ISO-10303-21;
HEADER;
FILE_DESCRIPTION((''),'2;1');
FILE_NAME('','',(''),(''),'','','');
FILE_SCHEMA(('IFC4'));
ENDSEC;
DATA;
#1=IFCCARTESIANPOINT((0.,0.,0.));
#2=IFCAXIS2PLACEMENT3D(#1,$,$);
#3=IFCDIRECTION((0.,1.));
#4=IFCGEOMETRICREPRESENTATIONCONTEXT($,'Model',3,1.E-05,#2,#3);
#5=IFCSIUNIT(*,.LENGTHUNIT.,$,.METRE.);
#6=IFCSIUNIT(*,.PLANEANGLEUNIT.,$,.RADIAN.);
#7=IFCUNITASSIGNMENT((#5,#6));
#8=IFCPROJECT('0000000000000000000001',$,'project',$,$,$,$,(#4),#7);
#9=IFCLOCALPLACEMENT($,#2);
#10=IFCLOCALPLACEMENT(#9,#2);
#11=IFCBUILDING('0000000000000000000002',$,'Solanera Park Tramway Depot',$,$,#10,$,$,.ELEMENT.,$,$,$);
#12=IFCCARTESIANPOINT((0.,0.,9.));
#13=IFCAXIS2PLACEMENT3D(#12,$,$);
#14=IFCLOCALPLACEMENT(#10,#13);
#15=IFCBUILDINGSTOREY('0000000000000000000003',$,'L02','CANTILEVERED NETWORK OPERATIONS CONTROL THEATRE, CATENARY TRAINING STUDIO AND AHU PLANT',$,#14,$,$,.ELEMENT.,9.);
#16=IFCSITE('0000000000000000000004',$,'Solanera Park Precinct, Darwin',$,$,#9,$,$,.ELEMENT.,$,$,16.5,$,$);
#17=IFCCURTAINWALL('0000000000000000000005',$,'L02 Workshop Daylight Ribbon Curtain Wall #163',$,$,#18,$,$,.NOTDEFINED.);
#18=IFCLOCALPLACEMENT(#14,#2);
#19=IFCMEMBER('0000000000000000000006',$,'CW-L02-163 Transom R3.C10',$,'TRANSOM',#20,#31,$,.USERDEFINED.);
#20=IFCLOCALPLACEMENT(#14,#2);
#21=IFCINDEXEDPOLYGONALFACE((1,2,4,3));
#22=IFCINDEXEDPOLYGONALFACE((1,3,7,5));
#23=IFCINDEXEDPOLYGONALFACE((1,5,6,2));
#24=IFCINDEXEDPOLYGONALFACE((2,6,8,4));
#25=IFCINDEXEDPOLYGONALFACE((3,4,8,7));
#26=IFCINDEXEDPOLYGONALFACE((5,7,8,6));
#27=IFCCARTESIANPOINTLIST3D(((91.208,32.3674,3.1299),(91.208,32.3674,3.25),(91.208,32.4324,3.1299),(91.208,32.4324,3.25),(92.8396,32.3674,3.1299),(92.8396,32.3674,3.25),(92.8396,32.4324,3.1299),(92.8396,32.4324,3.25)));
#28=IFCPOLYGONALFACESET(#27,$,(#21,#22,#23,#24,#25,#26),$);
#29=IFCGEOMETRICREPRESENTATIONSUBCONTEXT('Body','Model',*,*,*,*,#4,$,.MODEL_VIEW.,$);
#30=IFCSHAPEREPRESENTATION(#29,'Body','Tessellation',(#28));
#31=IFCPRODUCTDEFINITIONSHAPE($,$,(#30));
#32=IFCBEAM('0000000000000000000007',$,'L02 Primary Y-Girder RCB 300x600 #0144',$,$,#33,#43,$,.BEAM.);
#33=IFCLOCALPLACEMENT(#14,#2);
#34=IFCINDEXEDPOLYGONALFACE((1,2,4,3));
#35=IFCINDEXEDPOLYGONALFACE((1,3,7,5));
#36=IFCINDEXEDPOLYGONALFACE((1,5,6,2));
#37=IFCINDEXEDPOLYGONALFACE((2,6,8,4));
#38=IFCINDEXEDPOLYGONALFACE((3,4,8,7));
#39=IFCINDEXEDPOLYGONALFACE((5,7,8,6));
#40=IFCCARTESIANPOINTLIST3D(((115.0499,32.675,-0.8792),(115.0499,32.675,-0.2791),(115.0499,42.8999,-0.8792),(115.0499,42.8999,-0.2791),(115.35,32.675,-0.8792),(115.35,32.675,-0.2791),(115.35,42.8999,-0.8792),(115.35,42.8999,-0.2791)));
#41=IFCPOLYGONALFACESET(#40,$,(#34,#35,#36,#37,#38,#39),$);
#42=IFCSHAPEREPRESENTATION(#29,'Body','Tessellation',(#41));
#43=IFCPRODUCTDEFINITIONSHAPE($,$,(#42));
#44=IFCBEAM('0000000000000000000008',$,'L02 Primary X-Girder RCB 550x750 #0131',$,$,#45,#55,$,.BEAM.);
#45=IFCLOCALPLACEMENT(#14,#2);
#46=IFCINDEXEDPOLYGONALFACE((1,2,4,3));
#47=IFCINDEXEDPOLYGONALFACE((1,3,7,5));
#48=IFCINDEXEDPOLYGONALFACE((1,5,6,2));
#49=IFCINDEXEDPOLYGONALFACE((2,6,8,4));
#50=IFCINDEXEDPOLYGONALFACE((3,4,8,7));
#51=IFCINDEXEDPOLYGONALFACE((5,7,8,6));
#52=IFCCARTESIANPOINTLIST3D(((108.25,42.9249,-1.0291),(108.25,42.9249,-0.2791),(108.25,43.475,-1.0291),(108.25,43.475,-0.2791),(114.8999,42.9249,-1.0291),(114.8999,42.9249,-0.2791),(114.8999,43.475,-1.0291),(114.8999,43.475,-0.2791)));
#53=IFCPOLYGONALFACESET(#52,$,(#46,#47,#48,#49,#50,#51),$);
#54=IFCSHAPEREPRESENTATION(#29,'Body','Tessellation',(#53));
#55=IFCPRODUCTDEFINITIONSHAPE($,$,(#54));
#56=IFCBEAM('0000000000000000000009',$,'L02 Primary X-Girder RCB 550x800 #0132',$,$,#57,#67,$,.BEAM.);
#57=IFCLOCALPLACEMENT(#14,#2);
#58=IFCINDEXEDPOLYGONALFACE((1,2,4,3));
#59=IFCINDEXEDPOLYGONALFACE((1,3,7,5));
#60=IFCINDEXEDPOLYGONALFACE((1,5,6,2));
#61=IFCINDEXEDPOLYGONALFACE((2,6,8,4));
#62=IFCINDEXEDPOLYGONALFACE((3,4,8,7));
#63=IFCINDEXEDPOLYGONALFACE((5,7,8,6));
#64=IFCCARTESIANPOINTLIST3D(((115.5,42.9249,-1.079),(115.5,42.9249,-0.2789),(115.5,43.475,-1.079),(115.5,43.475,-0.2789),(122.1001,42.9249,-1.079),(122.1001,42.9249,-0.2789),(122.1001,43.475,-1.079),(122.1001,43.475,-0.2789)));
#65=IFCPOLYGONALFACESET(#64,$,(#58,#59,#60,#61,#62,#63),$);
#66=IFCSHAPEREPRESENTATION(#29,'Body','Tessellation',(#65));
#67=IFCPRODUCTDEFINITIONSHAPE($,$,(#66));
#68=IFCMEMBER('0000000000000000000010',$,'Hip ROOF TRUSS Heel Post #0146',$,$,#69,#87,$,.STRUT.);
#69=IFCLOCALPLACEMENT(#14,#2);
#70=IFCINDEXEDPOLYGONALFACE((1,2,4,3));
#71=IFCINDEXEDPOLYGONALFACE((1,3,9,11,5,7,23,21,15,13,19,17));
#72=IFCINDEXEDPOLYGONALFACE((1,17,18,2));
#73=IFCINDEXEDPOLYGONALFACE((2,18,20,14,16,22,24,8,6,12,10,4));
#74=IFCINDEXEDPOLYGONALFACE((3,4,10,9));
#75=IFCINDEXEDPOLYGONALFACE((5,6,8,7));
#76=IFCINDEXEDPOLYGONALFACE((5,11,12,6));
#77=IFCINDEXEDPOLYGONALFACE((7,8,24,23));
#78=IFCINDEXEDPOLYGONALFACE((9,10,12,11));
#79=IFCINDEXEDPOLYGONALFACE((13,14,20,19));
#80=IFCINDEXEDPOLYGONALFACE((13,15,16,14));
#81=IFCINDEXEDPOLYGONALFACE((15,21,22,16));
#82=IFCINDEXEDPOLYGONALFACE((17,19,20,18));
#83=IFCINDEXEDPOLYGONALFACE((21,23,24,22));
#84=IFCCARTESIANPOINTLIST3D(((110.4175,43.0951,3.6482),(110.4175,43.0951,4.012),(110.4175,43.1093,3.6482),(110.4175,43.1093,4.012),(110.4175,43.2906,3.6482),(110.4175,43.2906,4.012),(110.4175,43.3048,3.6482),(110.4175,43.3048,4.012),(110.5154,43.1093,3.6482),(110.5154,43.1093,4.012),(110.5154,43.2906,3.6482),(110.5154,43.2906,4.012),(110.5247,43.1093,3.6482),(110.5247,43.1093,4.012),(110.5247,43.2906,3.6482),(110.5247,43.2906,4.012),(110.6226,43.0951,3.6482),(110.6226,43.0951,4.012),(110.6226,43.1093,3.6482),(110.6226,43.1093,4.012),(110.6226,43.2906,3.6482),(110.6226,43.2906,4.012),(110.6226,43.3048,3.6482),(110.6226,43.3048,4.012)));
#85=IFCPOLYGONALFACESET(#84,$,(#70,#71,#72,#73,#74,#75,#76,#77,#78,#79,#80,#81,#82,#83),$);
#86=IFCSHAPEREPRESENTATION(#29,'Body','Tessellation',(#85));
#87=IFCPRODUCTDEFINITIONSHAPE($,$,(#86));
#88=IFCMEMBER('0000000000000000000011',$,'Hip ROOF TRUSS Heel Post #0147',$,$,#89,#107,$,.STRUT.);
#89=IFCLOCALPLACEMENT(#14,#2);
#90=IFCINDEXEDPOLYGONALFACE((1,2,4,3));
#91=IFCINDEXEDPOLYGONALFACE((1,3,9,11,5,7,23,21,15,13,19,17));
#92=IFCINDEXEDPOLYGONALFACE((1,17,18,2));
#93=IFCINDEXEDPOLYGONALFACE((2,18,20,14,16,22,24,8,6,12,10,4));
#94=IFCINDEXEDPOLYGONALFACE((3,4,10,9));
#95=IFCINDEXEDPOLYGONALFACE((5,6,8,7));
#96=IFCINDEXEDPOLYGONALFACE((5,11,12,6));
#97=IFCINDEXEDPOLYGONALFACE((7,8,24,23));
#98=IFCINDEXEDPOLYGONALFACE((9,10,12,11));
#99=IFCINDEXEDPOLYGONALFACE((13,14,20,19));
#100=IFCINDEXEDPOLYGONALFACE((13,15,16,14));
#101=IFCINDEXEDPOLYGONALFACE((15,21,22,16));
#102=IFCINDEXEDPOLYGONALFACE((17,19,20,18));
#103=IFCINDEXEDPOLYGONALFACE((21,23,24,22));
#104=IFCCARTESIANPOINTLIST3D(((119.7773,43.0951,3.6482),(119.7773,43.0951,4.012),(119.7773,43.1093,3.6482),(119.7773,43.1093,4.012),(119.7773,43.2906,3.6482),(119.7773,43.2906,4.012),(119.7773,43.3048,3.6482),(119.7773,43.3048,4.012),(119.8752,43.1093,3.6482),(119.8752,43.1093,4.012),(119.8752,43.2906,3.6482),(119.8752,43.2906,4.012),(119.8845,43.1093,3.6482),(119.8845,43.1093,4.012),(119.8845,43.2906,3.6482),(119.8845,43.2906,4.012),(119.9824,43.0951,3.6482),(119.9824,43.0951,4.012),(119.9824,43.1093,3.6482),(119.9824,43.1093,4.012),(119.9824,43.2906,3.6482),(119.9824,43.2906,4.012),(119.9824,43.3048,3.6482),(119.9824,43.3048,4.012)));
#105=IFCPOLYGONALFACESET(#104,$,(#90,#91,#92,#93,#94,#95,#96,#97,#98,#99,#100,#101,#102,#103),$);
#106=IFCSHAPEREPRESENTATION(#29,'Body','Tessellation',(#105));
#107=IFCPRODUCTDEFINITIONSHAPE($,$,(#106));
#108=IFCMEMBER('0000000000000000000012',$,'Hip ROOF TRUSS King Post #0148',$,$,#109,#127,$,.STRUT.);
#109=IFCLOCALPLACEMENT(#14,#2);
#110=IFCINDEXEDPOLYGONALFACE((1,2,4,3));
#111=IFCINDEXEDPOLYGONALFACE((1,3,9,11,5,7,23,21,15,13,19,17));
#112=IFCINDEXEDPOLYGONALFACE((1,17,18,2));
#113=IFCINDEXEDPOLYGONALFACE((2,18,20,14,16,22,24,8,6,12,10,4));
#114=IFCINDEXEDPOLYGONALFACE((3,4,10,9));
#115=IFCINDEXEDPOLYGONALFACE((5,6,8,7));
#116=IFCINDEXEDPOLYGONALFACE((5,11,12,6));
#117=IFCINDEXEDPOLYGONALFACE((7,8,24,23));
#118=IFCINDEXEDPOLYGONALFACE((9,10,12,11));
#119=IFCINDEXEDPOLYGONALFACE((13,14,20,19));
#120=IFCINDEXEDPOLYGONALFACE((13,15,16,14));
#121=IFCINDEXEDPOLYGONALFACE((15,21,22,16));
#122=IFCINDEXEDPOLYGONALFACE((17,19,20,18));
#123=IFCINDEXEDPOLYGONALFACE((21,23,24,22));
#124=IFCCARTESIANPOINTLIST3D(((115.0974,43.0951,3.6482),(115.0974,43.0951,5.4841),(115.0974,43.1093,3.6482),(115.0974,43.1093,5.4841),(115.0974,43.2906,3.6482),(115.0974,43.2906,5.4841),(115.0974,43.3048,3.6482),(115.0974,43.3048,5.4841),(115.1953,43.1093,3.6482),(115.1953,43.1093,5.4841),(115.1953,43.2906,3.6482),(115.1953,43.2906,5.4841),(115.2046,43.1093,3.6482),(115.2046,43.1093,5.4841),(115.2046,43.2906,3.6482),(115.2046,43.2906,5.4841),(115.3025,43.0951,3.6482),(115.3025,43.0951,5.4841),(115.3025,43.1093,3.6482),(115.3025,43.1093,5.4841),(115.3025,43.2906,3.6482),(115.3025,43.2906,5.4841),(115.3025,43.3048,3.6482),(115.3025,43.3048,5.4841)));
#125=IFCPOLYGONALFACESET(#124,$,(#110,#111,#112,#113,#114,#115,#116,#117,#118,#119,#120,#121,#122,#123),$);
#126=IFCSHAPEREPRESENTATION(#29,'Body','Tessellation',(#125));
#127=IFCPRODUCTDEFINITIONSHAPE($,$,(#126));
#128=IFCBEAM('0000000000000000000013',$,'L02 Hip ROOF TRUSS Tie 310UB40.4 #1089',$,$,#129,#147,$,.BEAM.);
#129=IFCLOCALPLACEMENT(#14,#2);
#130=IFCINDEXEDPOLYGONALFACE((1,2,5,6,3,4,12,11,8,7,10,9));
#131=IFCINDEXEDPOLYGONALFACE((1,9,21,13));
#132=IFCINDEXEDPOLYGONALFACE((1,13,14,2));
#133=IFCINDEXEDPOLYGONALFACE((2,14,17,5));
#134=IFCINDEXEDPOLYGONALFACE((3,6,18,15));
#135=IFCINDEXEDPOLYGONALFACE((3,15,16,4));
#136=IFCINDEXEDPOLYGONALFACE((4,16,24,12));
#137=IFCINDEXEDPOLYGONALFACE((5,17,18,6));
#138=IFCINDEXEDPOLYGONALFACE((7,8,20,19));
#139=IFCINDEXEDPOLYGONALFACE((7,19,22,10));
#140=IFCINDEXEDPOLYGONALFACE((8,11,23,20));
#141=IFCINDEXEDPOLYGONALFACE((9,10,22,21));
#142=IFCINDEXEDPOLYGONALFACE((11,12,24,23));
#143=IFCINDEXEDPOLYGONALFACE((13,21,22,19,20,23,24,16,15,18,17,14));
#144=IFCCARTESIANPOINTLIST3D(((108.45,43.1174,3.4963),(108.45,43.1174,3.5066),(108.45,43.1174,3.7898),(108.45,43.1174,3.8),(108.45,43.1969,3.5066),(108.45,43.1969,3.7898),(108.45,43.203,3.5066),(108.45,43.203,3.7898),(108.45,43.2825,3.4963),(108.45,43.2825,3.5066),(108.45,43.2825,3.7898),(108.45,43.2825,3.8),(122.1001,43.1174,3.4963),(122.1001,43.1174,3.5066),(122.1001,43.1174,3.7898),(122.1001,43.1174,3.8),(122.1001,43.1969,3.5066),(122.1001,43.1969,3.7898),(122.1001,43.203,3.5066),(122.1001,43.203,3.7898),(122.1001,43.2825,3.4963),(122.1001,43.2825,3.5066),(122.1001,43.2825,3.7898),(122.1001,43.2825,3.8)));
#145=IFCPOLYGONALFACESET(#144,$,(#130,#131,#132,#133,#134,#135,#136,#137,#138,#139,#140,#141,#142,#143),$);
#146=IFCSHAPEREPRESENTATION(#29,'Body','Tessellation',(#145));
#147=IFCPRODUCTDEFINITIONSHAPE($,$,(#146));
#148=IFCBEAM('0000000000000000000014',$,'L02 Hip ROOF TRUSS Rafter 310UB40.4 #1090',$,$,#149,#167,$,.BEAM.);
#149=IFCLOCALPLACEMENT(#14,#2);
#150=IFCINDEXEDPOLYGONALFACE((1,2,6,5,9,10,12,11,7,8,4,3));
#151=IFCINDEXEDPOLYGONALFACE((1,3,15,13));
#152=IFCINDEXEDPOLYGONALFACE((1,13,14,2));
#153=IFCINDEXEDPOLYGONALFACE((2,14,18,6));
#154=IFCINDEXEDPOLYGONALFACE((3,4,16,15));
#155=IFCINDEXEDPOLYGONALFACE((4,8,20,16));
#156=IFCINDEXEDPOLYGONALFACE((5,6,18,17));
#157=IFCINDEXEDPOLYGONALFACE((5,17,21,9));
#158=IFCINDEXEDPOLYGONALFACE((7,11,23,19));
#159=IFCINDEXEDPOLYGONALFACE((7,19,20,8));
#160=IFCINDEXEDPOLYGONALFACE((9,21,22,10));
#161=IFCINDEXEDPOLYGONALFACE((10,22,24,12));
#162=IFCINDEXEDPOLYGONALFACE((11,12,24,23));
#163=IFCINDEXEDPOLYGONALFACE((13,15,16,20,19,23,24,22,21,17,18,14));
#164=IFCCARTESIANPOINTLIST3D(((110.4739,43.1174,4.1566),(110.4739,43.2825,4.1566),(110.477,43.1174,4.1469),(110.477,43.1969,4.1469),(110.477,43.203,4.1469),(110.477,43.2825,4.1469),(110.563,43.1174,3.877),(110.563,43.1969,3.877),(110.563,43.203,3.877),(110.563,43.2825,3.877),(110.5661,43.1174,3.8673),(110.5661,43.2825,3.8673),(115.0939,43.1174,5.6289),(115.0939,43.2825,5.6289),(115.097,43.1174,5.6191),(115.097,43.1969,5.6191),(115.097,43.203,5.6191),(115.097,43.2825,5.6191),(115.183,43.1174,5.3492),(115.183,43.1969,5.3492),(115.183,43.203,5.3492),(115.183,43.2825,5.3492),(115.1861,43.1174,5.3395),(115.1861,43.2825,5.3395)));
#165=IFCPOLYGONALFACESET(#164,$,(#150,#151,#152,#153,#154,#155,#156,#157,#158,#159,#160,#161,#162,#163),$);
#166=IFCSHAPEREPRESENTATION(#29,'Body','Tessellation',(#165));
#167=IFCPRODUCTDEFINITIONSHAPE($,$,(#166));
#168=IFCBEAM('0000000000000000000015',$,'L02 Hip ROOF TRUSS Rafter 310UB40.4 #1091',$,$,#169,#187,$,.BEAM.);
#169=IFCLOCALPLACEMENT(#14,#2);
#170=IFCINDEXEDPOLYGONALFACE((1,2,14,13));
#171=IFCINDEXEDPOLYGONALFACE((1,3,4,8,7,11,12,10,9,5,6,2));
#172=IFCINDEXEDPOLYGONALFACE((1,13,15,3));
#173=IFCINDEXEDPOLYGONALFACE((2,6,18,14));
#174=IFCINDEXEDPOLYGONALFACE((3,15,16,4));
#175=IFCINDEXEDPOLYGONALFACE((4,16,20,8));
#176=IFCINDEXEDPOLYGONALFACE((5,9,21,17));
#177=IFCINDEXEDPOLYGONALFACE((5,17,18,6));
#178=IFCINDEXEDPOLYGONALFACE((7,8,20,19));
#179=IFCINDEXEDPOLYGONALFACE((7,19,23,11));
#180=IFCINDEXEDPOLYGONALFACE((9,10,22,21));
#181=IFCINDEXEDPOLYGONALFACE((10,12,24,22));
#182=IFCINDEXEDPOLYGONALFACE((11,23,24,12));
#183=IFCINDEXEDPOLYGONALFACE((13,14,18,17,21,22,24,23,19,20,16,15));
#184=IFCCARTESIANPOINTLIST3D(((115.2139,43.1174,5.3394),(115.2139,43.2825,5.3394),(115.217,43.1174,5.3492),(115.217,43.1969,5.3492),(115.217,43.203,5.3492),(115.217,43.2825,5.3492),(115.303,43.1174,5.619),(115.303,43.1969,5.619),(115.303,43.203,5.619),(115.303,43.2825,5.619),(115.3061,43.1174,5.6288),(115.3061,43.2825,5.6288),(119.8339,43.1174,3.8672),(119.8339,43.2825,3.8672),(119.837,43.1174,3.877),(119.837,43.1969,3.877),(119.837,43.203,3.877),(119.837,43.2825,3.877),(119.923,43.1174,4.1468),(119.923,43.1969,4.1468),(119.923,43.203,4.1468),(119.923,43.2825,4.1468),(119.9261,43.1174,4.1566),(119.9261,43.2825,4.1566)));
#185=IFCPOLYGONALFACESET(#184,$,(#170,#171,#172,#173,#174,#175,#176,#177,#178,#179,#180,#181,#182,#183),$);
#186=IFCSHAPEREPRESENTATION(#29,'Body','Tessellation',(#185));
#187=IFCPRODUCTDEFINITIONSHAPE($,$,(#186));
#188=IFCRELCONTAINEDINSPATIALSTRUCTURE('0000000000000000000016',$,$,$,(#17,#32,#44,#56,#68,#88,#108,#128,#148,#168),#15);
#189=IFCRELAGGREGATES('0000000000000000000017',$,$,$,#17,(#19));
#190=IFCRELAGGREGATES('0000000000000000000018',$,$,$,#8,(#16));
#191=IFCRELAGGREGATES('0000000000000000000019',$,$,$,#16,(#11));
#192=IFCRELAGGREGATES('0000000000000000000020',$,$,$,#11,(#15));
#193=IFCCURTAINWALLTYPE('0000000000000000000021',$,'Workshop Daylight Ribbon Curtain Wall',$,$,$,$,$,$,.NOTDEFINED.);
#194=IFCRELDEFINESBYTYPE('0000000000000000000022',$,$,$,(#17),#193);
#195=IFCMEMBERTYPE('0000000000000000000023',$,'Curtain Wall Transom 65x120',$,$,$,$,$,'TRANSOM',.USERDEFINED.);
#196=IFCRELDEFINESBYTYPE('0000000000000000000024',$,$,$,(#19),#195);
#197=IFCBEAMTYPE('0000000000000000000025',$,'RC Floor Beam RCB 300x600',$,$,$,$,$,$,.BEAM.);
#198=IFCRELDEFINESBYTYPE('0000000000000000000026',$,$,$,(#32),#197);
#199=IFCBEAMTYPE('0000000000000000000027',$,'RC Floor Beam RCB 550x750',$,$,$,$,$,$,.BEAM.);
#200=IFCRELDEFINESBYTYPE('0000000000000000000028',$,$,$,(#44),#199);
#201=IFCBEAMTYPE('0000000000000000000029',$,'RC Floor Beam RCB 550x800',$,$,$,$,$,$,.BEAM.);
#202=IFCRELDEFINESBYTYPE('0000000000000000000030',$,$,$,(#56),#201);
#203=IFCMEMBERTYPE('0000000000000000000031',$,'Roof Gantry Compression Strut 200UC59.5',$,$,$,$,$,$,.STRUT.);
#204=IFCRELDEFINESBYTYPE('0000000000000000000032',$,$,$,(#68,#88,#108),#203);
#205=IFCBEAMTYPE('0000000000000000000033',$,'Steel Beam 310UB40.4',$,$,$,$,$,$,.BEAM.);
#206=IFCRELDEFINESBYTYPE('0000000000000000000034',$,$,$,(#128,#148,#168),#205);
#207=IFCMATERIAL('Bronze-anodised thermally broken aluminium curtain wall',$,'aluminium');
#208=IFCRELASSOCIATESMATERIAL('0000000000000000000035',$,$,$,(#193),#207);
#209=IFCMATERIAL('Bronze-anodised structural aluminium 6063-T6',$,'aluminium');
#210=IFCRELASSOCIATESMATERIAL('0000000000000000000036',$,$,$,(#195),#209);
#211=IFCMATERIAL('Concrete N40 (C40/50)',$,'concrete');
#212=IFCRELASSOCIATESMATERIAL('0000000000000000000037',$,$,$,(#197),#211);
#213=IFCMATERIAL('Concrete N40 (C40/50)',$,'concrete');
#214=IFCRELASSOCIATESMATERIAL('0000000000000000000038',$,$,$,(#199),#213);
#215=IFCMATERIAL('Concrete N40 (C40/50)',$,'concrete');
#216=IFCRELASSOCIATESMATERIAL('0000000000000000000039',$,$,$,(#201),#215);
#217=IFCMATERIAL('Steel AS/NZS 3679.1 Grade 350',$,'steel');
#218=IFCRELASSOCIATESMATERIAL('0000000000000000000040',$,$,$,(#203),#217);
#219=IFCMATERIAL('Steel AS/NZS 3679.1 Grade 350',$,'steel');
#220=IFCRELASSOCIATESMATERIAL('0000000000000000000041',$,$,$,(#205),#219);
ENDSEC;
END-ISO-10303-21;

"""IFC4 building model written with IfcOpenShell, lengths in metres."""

from ifc_helpers import new_model, si_unit, direction, frame, origin, origin_2d, place, context, subcontext, project, spatial, rectangle, i_section, extrude, material, material_profile, profile_set, type_object, element, aggregate, save


model = new_model("IFC4")

# Units and contexts
model_context = context("Model", 3, precision=1e-05, world=origin(), true_north=direction((0.0, 1.0)))
body_context = subcontext(model_context, "Body", "Model", "MODEL_VIEW")
ifc_project = project(units=[si_unit("LENGTHUNIT", "METRE"), si_unit("PLANEANGLEUNIT", "RADIAN")], contexts=[model_context])

# Site, building, storey
site_placement = place(None, origin())
site = spatial("IfcSite", under=ifc_project, at=site_placement, Name="Solanera Park Precinct, Darwin", CompositionType="ELEMENT", RefElevation=16.5)
building_placement = place(site_placement, origin())
building = spatial("IfcBuilding", under=site, at=building_placement, Name="Solanera Park Tramway Depot", CompositionType="ELEMENT")
storey_placement = place(building_placement, frame((0.0, 0.0, 9.0)))
storey = spatial("IfcBuildingStorey", under=building, at=storey_placement, Name="L02", Description="CANTILEVERED NETWORK OPERATIONS CONTROL THEATRE, CATENARY TRAINING STUDIO AND AHU PLANT", CompositionType="ELEMENT", Elevation=9.0)

# Curtain wall, member
ifc_material_1 = material(Name="Bronze-anodised thermally broken aluminium curtain wall", Category="aluminium")
curtain_wall_type = type_object("IfcCurtainWallType", Name="Workshop Daylight Ribbon Curtain Wall", PredefinedType="NOTDEFINED", material=ifc_material_1)
curtain_wall_placement = place(storey_placement, origin())
curtain_wall = element("IfcCurtainWall", 1, at=curtain_wall_placement, inside=storey, type_object=curtain_wall_type, Name="L02 Workshop Daylight Ribbon Curtain Wall #163", PredefinedType="NOTDEFINED")
ifc_material_2 = material(Name="Bronze-anodised structural aluminium 6063-T6", Category="aluminium")
ifc_material_profile_1 = material_profile(ifc_material_2, rectangle(XDim=0.0649, YDim=0.1201, at=origin_2d()), Name="Curtain Wall Transom 65x120")
ifc_profile_set_1 = profile_set([ifc_material_profile_1], Name="Bronze-anodised structural aluminium 6063-T6")
member_type_1 = type_object("IfcMemberType", Name="Curtain Wall Transom 65x120", ElementType="TRANSOM", PredefinedType="USERDEFINED", material=ifc_profile_set_1)
member_1_placement = place(storey_placement, frame((91.208, 32.3999, 3.1899), z_axis=(1.0, 0.0, 0.0), x_axis=(0.0, 1.0, 0.0)))
member_1 = element("IfcMember", 2, at=member_1_placement, type_object=member_type_1, Name="CW-L02-163 Transom R3.C10", ObjectType="TRANSOM", PredefinedType="USERDEFINED", context=body_context, shape_type="SweptSolid", body=[
    extrude(rectangle(XDim=0.0649, YDim=0.1201, at=origin_2d()), origin(), (0.0, 0.0, 1.0), 1.6316),
])

# Beams
ifc_material_3 = material(Name="Concrete N40 (C40/50)", Category="concrete")
ifc_material_profile_2 = material_profile(ifc_material_3, rectangle(XDim=0.3, YDim=0.6001, at=origin_2d()), Name="RCB 300x600")
ifc_profile_set_2 = profile_set([ifc_material_profile_2], Name="Concrete N40 (C40/50)")
beam_type_1 = type_object("IfcBeamType", Name="RC Floor Beam RCB 300x600", PredefinedType="BEAM", material=ifc_profile_set_2)
beam_1_placement = place(storey_placement, frame((115.2, 32.675, -0.5791), z_axis=(0.0, 1.0, 0.0), x_axis=(-1.0, 0.0, 0.0)))
element("IfcBeam", 3, at=beam_1_placement, inside=storey, type_object=beam_type_1, Name="L02 Primary Y-Girder RCB 300x600 #0144", PredefinedType="BEAM", context=body_context, shape_type="SweptSolid", body=[
    extrude(rectangle(XDim=0.3, YDim=0.6001, at=origin_2d()), origin(), (0.0, 0.0, 1.0), 10.2249),
])
ifc_material_4 = material(Name="Concrete N40 (C40/50)", Category="concrete")
ifc_material_profile_3 = material_profile(ifc_material_4, rectangle(XDim=0.55, YDim=0.75, at=origin_2d()), Name="RCB 550x750")
ifc_profile_set_3 = profile_set([ifc_material_profile_3], Name="Concrete N40 (C40/50)")
beam_type_2 = type_object("IfcBeamType", Name="RC Floor Beam RCB 550x750", PredefinedType="BEAM", material=ifc_profile_set_3)
beam_2_placement = place(storey_placement, frame((108.25, 43.2, -0.6541), z_axis=(1.0, 0.0, 0.0), x_axis=(0.0, 1.0, 0.0)))
element("IfcBeam", 4, at=beam_2_placement, inside=storey, type_object=beam_type_2, Name="L02 Primary X-Girder RCB 550x750 #0131", PredefinedType="BEAM", context=body_context, shape_type="SweptSolid", body=[
    extrude(rectangle(XDim=0.55, YDim=0.75, at=origin_2d()), origin(), (0.0, 0.0, 1.0), 6.6499),
])
ifc_material_5 = material(Name="Concrete N40 (C40/50)", Category="concrete")
ifc_material_profile_4 = material_profile(ifc_material_5, rectangle(XDim=0.55, YDim=0.8, at=origin_2d()), Name="RCB 550x800")
ifc_profile_set_4 = profile_set([ifc_material_profile_4], Name="Concrete N40 (C40/50)")
beam_type_3 = type_object("IfcBeamType", Name="RC Floor Beam RCB 550x800", PredefinedType="BEAM", material=ifc_profile_set_4)
beam_3_placement = place(storey_placement, frame((115.5, 43.2, -0.679), z_axis=(1.0, 0.0, 0.0), x_axis=(0.0, 1.0, 0.0)))
element("IfcBeam", 5, at=beam_3_placement, inside=storey, type_object=beam_type_3, Name="L02 Primary X-Girder RCB 550x800 #0132", PredefinedType="BEAM", context=body_context, shape_type="SweptSolid", body=[
    extrude(rectangle(XDim=0.55, YDim=0.8, at=origin_2d()), origin(), (0.0, 0.0, 1.0), 6.6001),
])

# Members
ifc_material_6 = material(Name="Steel AS/NZS 3679.1 Grade 350", Category="steel")
ifc_material_profile_5 = material_profile(ifc_material_6, i_section(OverallWidth=0.2051, OverallDepth=0.2097, WebThickness=0.0093, FlangeThickness=0.0142, at=origin_2d()), Name="200UC59.5")
ifc_profile_set_5 = profile_set([ifc_material_profile_5], Name="Steel AS/NZS 3679.1 Grade 350")
member_type_2 = type_object("IfcMemberType", Name="Roof Gantry Compression Strut 200UC59.5", PredefinedType="STRUT", material=ifc_profile_set_5)
for number, where, z_axis, x_axis, name in (
    (6, (110.52, 43.2, 3.6482), (0.0, 0.0, 1.0), (1.0, 0.0, 0.0), "Hip ROOF TRUSS Heel Post #0146"),
    (7, (119.8799, 43.2, 3.6482), (0.0, 0.0, 1.0), (1.0, 0.0, 0.0), "Hip ROOF TRUSS Heel Post #0147"),
):
    element("IfcMember", number, at=place(storey_placement, frame(where, z_axis=z_axis, x_axis=x_axis)), inside=storey, type_object=member_type_2, Name=name, PredefinedType="STRUT", context=body_context, shape_type="SweptSolid", body=[
        extrude(i_section(OverallWidth=0.2051, OverallDepth=0.2097, WebThickness=0.0093, FlangeThickness=0.0142, at=origin_2d()), origin(), (0.0, 0.0, 1.0), 0.3638),
    ])
member_2_placement = place(storey_placement, frame((115.2, 43.2, 3.6482), z_axis=(0.0, 0.0, 1.0), x_axis=(1.0, 0.0, 0.0)))
element("IfcMember", 8, at=member_2_placement, inside=storey, type_object=member_type_2, Name="Hip ROOF TRUSS King Post #0148", PredefinedType="STRUT", context=body_context, shape_type="SweptSolid", body=[
    extrude(i_section(OverallWidth=0.2051, OverallDepth=0.2097, WebThickness=0.0093, FlangeThickness=0.0142, at=origin_2d()), origin(), (0.0, 0.0, 1.0), 1.8359),
])

# Beams
ifc_material_7 = material(Name="Steel AS/NZS 3679.1 Grade 350", Category="steel")
ifc_material_profile_6 = material_profile(ifc_material_7, i_section(OverallWidth=0.165, OverallDepth=0.3037, WebThickness=0.0061, FlangeThickness=0.0103, at=origin_2d()), Name="310UB40.4")
ifc_profile_set_6 = profile_set([ifc_material_profile_6], Name="Steel AS/NZS 3679.1 Grade 350")
beam_type_4 = type_object("IfcBeamType", Name="Steel Beam 310UB40.4", PredefinedType="BEAM", material=ifc_profile_set_6)
beam_4_placement = place(storey_placement, frame((108.45, 43.2, 3.6482), z_axis=(1.0, 0.0, 0.0), x_axis=(0.0, 1.0, 0.0)))
element("IfcBeam", 9, at=beam_4_placement, inside=storey, type_object=beam_type_4, Name="L02 Hip ROOF TRUSS Tie 310UB40.4 #1089", PredefinedType="BEAM", context=body_context, shape_type="SweptSolid", body=[
    extrude(i_section(OverallWidth=0.165, OverallDepth=0.3037, WebThickness=0.0061, FlangeThickness=0.0103, at=origin_2d()), origin(), (0.0, 0.0, 1.0), 13.6501),
])
for number, where, z_axis, x_axis, name in (
    (10, (110.52, 43.2, 4.012), (0.952794, 0.0, 0.303617), (0.0, 1.0, 0.0), "L02 Hip ROOF TRUSS Rafter 310UB40.4 #1090"),
    (11, (115.26, 43.2, 5.4841), (0.952794, 0.0, -0.303617), (0.0, 1.0, 0.0), "L02 Hip ROOF TRUSS Rafter 310UB40.4 #1091"),
):
    element("IfcBeam", number, at=place(storey_placement, frame(where, z_axis=z_axis, x_axis=x_axis)), inside=storey, type_object=beam_type_4, Name=name, PredefinedType="BEAM", context=body_context, shape_type="SweptSolid", body=[
        extrude(i_section(OverallWidth=0.165, OverallDepth=0.3037, WebThickness=0.0061, FlangeThickness=0.0103, at=origin_2d()), origin(), (0.0, 0.0, 1.0), 4.8489),
    ])

aggregate(curtain_wall, [member_1])

save(model, "model.ifc")
